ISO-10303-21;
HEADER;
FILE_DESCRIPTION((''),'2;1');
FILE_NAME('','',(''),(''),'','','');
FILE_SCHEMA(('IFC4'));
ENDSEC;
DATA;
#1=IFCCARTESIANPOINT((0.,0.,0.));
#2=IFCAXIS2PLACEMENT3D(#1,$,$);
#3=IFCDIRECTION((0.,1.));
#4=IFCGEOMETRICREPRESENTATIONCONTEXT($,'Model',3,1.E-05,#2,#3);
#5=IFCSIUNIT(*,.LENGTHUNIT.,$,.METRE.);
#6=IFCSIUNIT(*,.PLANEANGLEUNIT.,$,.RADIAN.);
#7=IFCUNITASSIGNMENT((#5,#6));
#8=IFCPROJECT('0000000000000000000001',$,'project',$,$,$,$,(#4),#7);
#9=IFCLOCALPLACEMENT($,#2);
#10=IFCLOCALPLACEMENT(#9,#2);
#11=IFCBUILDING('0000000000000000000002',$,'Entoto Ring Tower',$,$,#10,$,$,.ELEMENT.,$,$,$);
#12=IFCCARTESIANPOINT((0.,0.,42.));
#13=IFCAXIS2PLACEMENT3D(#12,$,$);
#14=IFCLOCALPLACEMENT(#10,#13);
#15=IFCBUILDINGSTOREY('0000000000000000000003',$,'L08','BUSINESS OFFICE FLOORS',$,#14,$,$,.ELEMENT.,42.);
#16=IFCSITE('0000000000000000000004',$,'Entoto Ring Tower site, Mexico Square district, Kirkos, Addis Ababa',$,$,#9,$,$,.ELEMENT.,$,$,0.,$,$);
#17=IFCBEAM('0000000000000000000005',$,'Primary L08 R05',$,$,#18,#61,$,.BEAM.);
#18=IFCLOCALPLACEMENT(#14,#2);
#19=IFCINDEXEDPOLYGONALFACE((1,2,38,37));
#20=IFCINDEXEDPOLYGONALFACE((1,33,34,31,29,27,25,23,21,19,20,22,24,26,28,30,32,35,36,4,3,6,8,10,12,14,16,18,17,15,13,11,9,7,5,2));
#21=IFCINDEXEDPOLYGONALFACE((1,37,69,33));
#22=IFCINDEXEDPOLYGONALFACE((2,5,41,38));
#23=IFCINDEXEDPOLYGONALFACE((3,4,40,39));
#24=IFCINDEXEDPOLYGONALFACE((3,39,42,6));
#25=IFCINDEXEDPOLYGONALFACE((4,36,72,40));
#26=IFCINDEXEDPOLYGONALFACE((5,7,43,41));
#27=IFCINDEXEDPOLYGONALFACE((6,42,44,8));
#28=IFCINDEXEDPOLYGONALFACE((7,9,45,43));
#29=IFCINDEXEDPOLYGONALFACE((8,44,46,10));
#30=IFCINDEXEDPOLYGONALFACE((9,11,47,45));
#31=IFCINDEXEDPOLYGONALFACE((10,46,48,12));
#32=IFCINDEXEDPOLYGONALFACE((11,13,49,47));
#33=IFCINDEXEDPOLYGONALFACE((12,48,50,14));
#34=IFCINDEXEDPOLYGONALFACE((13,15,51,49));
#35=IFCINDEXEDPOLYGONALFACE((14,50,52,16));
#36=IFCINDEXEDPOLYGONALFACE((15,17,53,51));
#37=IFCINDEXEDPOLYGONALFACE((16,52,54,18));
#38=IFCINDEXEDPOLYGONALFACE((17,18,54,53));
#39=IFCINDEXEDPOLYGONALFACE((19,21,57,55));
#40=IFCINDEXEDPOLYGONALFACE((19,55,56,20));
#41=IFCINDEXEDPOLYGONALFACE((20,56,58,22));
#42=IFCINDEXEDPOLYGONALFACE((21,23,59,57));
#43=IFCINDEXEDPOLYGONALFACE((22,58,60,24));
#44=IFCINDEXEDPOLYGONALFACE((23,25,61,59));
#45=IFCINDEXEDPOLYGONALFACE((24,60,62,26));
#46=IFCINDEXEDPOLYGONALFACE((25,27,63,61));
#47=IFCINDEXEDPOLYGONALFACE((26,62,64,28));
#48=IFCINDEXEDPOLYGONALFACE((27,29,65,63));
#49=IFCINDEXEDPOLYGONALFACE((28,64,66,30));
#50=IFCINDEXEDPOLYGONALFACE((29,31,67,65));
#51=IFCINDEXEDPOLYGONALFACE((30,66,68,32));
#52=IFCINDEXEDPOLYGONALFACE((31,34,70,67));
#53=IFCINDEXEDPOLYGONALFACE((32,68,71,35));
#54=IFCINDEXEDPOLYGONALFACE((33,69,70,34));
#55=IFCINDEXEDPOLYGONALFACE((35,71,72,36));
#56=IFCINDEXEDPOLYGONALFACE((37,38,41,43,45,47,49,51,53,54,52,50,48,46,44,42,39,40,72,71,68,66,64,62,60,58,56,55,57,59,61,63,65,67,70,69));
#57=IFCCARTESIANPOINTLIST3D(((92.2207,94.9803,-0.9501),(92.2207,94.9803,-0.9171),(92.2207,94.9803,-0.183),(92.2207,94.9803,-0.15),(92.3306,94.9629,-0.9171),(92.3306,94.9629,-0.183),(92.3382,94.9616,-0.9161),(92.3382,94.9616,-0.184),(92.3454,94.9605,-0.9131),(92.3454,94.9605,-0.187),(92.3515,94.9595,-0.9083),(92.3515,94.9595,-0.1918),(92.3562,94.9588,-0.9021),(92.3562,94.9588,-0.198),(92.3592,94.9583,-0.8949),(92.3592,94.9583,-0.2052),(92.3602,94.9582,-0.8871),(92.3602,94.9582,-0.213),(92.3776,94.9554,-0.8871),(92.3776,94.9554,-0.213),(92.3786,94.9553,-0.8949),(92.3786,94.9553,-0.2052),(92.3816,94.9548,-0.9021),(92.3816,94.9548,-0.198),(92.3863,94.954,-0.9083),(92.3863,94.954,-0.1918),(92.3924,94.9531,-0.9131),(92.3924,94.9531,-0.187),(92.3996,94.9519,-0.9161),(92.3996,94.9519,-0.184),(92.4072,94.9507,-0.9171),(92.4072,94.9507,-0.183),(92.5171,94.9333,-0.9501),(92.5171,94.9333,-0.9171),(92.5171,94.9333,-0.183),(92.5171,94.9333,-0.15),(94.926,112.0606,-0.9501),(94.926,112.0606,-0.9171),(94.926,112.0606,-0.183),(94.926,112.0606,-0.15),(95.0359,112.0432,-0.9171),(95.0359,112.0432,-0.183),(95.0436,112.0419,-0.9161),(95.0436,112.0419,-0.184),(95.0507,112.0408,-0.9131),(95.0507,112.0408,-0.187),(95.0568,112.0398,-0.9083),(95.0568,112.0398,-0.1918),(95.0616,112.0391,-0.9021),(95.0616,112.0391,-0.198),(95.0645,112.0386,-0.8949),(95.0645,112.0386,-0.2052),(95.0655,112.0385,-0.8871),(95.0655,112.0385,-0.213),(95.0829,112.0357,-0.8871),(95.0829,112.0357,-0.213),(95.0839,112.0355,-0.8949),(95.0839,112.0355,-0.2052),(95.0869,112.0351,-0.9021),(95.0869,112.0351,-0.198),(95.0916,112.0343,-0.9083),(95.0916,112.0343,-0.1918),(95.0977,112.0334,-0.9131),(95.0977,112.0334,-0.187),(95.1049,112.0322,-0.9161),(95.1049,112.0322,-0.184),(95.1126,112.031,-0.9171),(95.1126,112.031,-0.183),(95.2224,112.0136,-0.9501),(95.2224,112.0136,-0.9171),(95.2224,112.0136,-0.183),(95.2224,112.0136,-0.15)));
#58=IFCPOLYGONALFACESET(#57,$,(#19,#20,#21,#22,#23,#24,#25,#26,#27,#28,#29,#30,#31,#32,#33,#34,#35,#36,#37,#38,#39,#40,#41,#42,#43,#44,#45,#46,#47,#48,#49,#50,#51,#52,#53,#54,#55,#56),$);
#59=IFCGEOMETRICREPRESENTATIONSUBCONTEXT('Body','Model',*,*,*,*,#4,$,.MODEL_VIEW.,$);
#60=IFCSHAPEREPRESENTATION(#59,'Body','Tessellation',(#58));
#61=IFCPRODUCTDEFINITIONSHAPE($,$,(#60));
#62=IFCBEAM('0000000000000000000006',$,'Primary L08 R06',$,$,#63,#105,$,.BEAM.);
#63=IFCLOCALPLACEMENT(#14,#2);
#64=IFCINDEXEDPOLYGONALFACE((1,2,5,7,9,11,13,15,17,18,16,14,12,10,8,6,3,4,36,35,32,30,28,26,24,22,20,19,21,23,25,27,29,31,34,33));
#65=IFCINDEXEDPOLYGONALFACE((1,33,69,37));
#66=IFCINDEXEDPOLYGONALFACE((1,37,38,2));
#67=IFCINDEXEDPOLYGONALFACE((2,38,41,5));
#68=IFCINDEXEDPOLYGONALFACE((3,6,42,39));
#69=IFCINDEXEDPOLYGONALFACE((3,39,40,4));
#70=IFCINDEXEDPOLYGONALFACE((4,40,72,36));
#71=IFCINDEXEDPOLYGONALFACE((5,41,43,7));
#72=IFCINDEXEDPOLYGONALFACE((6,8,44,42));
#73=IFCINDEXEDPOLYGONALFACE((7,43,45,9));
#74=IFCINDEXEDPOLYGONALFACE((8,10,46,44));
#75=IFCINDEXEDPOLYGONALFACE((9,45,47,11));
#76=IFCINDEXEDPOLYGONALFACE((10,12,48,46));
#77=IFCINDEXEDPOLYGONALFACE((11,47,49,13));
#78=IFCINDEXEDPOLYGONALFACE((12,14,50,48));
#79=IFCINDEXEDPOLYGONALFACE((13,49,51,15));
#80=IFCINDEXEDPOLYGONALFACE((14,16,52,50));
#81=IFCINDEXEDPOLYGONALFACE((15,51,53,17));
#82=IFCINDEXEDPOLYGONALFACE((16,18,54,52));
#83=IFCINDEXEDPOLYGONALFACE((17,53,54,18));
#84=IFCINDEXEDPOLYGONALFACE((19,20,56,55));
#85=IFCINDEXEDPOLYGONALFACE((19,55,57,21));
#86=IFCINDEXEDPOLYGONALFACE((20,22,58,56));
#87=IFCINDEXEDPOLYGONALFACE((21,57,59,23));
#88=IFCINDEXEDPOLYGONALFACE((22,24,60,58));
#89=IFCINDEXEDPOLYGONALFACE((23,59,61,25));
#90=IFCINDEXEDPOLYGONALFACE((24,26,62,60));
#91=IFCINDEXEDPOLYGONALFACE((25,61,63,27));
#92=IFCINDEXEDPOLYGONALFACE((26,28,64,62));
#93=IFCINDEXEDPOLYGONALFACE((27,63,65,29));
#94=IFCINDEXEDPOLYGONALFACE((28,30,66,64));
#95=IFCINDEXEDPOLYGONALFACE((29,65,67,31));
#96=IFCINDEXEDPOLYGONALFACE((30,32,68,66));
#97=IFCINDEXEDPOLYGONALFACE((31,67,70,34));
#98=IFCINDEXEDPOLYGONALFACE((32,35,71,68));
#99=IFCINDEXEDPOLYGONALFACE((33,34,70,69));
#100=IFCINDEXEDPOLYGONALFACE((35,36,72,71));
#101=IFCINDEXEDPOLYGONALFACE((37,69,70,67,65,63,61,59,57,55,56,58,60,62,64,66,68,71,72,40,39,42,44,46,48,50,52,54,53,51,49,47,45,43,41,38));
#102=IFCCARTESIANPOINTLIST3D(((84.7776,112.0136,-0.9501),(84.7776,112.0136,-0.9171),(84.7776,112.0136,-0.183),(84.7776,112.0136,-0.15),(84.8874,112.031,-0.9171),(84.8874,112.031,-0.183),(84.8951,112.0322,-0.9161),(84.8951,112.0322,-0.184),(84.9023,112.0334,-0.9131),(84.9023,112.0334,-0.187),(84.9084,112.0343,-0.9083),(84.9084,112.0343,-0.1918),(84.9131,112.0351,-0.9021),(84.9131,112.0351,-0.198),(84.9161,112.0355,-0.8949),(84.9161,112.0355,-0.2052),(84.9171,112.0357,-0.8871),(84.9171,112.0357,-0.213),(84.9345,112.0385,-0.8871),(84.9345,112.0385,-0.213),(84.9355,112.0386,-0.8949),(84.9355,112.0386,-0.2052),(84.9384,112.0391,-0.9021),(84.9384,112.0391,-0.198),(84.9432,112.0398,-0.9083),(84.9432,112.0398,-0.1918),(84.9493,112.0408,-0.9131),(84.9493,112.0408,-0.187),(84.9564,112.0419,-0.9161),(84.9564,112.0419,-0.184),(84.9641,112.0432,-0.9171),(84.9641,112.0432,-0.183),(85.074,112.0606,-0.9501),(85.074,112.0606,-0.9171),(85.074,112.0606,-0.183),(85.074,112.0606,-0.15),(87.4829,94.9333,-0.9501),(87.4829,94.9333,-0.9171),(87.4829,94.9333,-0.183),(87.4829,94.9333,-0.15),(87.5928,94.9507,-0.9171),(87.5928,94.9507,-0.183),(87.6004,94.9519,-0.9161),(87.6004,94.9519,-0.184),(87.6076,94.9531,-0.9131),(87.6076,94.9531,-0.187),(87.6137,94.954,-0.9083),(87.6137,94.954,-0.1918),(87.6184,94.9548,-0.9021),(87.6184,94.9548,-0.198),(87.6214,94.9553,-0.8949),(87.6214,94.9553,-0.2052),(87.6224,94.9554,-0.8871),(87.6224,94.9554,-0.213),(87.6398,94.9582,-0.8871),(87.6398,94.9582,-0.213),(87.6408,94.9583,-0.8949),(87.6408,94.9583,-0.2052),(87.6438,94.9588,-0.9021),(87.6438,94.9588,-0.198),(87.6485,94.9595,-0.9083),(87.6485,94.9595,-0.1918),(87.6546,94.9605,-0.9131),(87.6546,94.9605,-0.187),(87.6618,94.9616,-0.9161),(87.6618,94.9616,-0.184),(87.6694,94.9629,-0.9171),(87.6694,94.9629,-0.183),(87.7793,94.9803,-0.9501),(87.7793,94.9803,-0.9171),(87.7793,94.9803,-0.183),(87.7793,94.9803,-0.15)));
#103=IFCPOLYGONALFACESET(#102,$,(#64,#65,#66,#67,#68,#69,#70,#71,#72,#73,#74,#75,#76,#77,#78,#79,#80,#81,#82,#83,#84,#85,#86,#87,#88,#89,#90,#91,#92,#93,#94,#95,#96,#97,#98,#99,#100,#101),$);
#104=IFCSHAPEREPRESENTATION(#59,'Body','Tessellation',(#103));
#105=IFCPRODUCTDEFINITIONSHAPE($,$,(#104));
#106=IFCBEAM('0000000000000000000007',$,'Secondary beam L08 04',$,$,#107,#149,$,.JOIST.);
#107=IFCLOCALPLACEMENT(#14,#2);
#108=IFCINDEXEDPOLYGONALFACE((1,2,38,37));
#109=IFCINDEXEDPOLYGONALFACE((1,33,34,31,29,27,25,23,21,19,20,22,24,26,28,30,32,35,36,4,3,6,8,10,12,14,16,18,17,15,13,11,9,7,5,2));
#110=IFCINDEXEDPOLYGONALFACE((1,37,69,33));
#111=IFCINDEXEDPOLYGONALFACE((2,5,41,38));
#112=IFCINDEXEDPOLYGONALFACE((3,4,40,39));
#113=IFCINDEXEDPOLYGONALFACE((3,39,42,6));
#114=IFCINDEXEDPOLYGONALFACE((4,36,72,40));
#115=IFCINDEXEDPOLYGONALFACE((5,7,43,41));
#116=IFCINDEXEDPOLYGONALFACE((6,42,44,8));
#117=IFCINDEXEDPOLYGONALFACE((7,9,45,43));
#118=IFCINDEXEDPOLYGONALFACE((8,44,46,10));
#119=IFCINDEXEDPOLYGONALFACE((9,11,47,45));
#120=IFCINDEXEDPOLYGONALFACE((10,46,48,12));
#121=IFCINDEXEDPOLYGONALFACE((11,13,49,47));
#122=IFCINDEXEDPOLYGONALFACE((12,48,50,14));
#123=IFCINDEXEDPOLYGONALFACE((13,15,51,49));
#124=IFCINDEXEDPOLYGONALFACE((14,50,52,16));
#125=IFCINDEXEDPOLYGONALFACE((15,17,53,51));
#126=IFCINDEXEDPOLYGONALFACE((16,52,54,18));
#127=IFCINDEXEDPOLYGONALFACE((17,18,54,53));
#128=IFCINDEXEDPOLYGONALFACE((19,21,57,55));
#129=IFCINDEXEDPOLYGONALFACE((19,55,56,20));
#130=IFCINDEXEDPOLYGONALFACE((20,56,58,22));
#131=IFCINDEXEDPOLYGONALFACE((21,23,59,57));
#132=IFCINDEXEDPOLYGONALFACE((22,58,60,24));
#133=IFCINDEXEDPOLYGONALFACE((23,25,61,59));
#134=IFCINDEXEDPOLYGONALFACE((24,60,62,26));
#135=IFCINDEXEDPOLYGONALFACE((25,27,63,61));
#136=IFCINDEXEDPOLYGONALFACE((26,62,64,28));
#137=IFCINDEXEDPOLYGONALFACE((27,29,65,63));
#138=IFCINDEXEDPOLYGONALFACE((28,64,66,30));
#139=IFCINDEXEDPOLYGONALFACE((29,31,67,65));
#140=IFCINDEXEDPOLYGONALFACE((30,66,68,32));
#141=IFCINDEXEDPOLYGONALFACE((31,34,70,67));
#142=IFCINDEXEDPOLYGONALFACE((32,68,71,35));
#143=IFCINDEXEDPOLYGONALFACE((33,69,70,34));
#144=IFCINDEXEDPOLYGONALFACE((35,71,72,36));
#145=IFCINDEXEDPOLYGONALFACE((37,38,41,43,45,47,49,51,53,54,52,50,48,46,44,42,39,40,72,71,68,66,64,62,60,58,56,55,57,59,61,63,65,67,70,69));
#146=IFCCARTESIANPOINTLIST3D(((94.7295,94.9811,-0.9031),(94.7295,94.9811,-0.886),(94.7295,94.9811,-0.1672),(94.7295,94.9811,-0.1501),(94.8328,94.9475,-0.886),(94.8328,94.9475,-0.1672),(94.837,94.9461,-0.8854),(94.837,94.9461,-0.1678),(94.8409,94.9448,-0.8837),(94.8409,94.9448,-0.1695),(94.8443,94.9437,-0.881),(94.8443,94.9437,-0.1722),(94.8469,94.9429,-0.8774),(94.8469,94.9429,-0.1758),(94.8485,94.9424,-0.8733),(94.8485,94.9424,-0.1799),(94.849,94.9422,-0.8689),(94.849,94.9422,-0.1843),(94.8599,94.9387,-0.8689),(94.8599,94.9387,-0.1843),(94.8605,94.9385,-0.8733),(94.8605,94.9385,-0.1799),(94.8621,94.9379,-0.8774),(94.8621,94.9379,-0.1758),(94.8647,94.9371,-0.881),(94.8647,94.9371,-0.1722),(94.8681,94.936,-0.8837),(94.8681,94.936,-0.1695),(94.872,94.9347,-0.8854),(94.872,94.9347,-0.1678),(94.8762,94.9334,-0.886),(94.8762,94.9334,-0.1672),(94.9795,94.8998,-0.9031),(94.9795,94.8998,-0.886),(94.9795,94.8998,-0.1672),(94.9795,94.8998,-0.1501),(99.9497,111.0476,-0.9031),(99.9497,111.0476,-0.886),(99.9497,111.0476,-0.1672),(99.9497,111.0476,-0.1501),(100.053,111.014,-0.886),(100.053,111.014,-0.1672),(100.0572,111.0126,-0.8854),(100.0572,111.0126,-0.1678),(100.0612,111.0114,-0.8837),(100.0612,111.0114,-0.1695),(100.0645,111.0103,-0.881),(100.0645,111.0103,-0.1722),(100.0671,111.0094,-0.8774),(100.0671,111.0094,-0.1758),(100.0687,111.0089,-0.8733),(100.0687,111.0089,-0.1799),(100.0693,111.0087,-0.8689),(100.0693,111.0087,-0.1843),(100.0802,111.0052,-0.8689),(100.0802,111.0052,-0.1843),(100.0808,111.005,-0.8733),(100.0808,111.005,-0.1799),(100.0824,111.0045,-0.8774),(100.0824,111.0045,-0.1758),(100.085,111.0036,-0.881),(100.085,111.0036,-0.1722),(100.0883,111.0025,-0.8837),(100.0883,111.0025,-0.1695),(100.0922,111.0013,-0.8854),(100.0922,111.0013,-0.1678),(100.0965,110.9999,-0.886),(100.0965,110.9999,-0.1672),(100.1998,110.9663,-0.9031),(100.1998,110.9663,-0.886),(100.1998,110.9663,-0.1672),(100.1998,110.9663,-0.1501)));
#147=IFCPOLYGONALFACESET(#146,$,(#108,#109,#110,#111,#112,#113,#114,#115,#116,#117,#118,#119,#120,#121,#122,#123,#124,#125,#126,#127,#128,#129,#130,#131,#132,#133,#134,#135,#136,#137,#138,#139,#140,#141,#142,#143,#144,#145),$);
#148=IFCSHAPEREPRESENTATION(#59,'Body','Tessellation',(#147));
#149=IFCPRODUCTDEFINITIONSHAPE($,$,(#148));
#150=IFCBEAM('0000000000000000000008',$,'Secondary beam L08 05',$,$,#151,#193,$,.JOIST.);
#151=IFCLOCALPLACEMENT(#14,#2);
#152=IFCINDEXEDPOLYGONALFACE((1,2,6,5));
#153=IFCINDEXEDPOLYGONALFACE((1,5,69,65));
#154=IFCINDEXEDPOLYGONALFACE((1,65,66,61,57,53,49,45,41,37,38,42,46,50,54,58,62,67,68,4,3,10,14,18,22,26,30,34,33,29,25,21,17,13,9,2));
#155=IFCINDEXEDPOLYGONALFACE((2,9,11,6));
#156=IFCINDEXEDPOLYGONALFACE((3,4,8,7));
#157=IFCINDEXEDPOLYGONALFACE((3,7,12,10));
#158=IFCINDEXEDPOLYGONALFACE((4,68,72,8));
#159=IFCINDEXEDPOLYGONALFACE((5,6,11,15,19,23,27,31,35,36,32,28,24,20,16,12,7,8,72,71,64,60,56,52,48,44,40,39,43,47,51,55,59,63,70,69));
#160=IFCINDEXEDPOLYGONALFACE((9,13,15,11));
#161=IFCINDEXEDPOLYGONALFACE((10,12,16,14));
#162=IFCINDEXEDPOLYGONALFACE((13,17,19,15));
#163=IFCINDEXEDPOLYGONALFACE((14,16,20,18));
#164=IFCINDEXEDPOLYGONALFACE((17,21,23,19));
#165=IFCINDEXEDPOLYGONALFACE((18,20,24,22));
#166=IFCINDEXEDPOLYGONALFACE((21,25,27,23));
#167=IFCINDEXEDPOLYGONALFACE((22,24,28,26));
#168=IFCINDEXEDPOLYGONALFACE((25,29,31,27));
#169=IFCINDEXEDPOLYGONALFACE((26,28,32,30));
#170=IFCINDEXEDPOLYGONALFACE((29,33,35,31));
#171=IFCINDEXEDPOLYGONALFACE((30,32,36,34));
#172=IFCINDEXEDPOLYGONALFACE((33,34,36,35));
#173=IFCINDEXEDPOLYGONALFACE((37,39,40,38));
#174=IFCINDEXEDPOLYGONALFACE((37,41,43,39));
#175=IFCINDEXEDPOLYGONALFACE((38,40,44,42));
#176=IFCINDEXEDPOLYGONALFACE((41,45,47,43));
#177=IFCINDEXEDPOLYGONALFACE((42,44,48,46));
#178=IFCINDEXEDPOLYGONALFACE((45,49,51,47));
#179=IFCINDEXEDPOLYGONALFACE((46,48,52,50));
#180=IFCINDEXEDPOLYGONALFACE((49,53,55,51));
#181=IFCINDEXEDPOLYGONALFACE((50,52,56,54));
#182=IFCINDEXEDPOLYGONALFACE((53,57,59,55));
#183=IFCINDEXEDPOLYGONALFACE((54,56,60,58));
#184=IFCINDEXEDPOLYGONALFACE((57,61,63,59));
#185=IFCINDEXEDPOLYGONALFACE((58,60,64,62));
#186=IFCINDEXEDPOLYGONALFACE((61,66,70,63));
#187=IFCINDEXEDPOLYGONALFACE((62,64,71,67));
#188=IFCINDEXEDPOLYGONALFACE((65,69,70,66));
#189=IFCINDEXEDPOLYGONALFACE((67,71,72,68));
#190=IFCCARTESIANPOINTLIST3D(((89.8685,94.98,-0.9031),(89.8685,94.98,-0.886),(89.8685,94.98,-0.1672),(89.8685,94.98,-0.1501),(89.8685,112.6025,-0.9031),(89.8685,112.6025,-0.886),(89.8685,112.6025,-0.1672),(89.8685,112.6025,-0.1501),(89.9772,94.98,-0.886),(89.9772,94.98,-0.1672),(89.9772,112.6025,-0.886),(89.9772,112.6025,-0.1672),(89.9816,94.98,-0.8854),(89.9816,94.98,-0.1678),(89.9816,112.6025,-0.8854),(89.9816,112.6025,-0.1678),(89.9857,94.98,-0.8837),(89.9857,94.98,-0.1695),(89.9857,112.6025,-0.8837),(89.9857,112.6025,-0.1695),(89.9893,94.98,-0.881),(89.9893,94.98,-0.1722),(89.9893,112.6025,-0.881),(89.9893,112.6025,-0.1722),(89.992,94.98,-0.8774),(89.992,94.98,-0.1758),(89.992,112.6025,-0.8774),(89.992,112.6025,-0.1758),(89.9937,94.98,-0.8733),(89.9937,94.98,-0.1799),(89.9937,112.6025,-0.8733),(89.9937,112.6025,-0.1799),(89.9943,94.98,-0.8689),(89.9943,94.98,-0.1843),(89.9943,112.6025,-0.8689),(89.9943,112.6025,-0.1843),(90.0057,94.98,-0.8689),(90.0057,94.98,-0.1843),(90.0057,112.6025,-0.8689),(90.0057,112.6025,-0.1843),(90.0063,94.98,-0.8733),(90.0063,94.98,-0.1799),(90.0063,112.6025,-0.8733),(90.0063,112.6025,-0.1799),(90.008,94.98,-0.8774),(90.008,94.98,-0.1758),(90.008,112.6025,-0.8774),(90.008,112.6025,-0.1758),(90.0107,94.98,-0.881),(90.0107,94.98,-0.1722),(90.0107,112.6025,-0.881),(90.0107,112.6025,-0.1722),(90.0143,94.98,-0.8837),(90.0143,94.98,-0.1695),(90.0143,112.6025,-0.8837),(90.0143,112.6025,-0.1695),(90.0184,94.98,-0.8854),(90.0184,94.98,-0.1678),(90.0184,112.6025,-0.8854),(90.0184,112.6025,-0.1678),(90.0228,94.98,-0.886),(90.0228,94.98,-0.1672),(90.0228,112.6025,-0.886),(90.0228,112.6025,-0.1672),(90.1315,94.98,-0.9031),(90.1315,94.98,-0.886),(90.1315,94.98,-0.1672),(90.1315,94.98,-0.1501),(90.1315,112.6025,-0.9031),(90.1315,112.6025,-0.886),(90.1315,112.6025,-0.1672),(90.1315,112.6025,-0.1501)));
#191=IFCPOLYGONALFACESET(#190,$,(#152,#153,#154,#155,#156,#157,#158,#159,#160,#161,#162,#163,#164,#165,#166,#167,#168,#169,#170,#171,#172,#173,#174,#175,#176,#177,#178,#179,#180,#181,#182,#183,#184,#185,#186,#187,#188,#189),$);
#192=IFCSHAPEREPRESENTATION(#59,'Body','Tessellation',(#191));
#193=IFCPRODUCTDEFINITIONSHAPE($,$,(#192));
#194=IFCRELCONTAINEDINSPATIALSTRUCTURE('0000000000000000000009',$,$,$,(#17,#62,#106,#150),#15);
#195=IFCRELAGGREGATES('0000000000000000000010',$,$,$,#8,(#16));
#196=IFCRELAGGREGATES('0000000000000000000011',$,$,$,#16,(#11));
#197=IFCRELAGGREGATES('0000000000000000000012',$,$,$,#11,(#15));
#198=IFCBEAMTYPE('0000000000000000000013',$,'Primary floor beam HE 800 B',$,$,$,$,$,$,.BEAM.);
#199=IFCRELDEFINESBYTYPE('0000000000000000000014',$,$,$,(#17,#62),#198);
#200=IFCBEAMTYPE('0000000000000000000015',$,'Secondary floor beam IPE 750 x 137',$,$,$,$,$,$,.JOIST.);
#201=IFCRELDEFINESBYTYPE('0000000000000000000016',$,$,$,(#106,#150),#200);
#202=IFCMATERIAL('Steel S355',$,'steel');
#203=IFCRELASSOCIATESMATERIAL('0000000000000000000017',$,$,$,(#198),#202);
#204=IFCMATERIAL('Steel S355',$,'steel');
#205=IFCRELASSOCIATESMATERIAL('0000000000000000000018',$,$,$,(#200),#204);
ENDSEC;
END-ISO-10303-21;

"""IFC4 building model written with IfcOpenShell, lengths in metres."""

from ifc_helpers import new_model, si_unit, direction, frame, origin, origin_2d, place, context, subcontext, project, spatial, i_section, extrude, material, material_profile, profile_set, type_object, element, save


model = new_model("IFC4")

# Units and contexts
model_context = context("Model", 3, precision=1e-05, world=origin(), true_north=direction((0.0, 1.0)))
body_context = subcontext(model_context, "Body", "Model", "MODEL_VIEW")
ifc_project = project(units=[si_unit("LENGTHUNIT", "METRE"), si_unit("PLANEANGLEUNIT", "RADIAN")], contexts=[model_context])

# Site, building, storey
site_placement = place(None, origin())
site = spatial("IfcSite", under=ifc_project, at=site_placement, Name="Entoto Ring Tower site, Mexico Square district, Kirkos, Addis Ababa", CompositionType="ELEMENT", RefElevation=0.0)
building_placement = place(site_placement, origin())
building = spatial("IfcBuilding", under=site, at=building_placement, Name="Entoto Ring Tower", CompositionType="ELEMENT")
storey_placement = place(building_placement, frame((0.0, 0.0, 42.0)))
storey = spatial("IfcBuildingStorey", under=building, at=storey_placement, Name="L08", Description="BUSINESS OFFICE FLOORS", CompositionType="ELEMENT", Elevation=42.0)

# Beams
ifc_material_1 = material(Name="Steel S355", Category="steel")
ifc_material_profile_1 = material_profile(ifc_material_1, i_section(OverallWidth=0.3, OverallDepth=0.8, WebThickness=0.0176, FlangeThickness=0.033, FilletRadius=0.03, at=origin_2d()), Name="HE 800 B")
ifc_profile_set_1 = profile_set([ifc_material_profile_1], Name="Steel S355")
beam_type_1 = type_object("IfcBeamType", Name="Primary floor beam HE 800 B", PredefinedType="BEAM", material=ifc_profile_set_1)
for number, where, z_axis, x_axis, name in (
    (1, (92.3689, 94.9568, -0.55), (0.156438, 0.987688, 0.0), (-0.987688, 0.156438, 0.0), "Primary L08 R05"),
    (2, (87.6311, 94.9568, -0.55), (-0.156438, 0.987688, 0.0), (-0.987688, -0.156438, 0.0), "Primary L08 R06"),
):
    element("IfcBeam", number, at=place(storey_placement, frame(where, z_axis=z_axis, x_axis=x_axis)), inside=storey, type_object=beam_type_1, Name=name, PredefinedType="BEAM", context=body_context, shape_type="SweptSolid", body=[
        extrude(i_section(OverallWidth=0.3, OverallDepth=0.8, WebThickness=0.0176, FlangeThickness=0.033, FilletRadius=0.03, at=origin_2d()), origin(), (0.0, 0.0, 1.0), 17.2932),
    ])
ifc_material_2 = material(Name="Steel S355", Category="steel")
ifc_material_profile_2 = material_profile(ifc_material_2, i_section(OverallWidth=0.2629, OverallDepth=0.7529, WebThickness=0.0115, FlangeThickness=0.0171, FilletRadius=0.0171, at=origin_2d()), Name="IPE 750 x 137")
ifc_profile_set_2 = profile_set([ifc_material_profile_2], Name="Steel S355")
beam_type_2 = type_object("IfcBeamType", Name="Secondary floor beam IPE 750 x 137", PredefinedType="JOIST", material=ifc_profile_set_2)
beam_1_placement = place(storey_placement, frame((94.8545, 94.9404, -0.5266), z_axis=(0.309013, 0.951058, 0.0), x_axis=(-0.951058, 0.309013, 0.0)))
element("IfcBeam", 3, at=beam_1_placement, inside=storey, type_object=beam_type_2, Name="Secondary beam L08 04", PredefinedType="JOIST", context=body_context, shape_type="SweptSolid", body=[
    extrude(i_section(OverallWidth=0.2629, OverallDepth=0.7529, WebThickness=0.0115, FlangeThickness=0.0171, FilletRadius=0.0171, at=origin_2d()), origin(), (0.0, 0.0, 1.0), 16.8933),
])
beam_2_placement = place(storey_placement, frame((90.0, 94.98, -0.5266), z_axis=(0.0, 1.0, 0.0), x_axis=(-1.0, 0.0, 0.0)))
element("IfcBeam", 4, at=beam_2_placement, inside=storey, type_object=beam_type_2, Name="Secondary beam L08 05", PredefinedType="JOIST", context=body_context, shape_type="SweptSolid", body=[
    extrude(i_section(OverallWidth=0.2629, OverallDepth=0.7529, WebThickness=0.0115, FlangeThickness=0.0171, FilletRadius=0.0171, at=origin_2d()), origin(), (0.0, 0.0, 1.0), 17.6226),
])

save(model, "model.ifc")
